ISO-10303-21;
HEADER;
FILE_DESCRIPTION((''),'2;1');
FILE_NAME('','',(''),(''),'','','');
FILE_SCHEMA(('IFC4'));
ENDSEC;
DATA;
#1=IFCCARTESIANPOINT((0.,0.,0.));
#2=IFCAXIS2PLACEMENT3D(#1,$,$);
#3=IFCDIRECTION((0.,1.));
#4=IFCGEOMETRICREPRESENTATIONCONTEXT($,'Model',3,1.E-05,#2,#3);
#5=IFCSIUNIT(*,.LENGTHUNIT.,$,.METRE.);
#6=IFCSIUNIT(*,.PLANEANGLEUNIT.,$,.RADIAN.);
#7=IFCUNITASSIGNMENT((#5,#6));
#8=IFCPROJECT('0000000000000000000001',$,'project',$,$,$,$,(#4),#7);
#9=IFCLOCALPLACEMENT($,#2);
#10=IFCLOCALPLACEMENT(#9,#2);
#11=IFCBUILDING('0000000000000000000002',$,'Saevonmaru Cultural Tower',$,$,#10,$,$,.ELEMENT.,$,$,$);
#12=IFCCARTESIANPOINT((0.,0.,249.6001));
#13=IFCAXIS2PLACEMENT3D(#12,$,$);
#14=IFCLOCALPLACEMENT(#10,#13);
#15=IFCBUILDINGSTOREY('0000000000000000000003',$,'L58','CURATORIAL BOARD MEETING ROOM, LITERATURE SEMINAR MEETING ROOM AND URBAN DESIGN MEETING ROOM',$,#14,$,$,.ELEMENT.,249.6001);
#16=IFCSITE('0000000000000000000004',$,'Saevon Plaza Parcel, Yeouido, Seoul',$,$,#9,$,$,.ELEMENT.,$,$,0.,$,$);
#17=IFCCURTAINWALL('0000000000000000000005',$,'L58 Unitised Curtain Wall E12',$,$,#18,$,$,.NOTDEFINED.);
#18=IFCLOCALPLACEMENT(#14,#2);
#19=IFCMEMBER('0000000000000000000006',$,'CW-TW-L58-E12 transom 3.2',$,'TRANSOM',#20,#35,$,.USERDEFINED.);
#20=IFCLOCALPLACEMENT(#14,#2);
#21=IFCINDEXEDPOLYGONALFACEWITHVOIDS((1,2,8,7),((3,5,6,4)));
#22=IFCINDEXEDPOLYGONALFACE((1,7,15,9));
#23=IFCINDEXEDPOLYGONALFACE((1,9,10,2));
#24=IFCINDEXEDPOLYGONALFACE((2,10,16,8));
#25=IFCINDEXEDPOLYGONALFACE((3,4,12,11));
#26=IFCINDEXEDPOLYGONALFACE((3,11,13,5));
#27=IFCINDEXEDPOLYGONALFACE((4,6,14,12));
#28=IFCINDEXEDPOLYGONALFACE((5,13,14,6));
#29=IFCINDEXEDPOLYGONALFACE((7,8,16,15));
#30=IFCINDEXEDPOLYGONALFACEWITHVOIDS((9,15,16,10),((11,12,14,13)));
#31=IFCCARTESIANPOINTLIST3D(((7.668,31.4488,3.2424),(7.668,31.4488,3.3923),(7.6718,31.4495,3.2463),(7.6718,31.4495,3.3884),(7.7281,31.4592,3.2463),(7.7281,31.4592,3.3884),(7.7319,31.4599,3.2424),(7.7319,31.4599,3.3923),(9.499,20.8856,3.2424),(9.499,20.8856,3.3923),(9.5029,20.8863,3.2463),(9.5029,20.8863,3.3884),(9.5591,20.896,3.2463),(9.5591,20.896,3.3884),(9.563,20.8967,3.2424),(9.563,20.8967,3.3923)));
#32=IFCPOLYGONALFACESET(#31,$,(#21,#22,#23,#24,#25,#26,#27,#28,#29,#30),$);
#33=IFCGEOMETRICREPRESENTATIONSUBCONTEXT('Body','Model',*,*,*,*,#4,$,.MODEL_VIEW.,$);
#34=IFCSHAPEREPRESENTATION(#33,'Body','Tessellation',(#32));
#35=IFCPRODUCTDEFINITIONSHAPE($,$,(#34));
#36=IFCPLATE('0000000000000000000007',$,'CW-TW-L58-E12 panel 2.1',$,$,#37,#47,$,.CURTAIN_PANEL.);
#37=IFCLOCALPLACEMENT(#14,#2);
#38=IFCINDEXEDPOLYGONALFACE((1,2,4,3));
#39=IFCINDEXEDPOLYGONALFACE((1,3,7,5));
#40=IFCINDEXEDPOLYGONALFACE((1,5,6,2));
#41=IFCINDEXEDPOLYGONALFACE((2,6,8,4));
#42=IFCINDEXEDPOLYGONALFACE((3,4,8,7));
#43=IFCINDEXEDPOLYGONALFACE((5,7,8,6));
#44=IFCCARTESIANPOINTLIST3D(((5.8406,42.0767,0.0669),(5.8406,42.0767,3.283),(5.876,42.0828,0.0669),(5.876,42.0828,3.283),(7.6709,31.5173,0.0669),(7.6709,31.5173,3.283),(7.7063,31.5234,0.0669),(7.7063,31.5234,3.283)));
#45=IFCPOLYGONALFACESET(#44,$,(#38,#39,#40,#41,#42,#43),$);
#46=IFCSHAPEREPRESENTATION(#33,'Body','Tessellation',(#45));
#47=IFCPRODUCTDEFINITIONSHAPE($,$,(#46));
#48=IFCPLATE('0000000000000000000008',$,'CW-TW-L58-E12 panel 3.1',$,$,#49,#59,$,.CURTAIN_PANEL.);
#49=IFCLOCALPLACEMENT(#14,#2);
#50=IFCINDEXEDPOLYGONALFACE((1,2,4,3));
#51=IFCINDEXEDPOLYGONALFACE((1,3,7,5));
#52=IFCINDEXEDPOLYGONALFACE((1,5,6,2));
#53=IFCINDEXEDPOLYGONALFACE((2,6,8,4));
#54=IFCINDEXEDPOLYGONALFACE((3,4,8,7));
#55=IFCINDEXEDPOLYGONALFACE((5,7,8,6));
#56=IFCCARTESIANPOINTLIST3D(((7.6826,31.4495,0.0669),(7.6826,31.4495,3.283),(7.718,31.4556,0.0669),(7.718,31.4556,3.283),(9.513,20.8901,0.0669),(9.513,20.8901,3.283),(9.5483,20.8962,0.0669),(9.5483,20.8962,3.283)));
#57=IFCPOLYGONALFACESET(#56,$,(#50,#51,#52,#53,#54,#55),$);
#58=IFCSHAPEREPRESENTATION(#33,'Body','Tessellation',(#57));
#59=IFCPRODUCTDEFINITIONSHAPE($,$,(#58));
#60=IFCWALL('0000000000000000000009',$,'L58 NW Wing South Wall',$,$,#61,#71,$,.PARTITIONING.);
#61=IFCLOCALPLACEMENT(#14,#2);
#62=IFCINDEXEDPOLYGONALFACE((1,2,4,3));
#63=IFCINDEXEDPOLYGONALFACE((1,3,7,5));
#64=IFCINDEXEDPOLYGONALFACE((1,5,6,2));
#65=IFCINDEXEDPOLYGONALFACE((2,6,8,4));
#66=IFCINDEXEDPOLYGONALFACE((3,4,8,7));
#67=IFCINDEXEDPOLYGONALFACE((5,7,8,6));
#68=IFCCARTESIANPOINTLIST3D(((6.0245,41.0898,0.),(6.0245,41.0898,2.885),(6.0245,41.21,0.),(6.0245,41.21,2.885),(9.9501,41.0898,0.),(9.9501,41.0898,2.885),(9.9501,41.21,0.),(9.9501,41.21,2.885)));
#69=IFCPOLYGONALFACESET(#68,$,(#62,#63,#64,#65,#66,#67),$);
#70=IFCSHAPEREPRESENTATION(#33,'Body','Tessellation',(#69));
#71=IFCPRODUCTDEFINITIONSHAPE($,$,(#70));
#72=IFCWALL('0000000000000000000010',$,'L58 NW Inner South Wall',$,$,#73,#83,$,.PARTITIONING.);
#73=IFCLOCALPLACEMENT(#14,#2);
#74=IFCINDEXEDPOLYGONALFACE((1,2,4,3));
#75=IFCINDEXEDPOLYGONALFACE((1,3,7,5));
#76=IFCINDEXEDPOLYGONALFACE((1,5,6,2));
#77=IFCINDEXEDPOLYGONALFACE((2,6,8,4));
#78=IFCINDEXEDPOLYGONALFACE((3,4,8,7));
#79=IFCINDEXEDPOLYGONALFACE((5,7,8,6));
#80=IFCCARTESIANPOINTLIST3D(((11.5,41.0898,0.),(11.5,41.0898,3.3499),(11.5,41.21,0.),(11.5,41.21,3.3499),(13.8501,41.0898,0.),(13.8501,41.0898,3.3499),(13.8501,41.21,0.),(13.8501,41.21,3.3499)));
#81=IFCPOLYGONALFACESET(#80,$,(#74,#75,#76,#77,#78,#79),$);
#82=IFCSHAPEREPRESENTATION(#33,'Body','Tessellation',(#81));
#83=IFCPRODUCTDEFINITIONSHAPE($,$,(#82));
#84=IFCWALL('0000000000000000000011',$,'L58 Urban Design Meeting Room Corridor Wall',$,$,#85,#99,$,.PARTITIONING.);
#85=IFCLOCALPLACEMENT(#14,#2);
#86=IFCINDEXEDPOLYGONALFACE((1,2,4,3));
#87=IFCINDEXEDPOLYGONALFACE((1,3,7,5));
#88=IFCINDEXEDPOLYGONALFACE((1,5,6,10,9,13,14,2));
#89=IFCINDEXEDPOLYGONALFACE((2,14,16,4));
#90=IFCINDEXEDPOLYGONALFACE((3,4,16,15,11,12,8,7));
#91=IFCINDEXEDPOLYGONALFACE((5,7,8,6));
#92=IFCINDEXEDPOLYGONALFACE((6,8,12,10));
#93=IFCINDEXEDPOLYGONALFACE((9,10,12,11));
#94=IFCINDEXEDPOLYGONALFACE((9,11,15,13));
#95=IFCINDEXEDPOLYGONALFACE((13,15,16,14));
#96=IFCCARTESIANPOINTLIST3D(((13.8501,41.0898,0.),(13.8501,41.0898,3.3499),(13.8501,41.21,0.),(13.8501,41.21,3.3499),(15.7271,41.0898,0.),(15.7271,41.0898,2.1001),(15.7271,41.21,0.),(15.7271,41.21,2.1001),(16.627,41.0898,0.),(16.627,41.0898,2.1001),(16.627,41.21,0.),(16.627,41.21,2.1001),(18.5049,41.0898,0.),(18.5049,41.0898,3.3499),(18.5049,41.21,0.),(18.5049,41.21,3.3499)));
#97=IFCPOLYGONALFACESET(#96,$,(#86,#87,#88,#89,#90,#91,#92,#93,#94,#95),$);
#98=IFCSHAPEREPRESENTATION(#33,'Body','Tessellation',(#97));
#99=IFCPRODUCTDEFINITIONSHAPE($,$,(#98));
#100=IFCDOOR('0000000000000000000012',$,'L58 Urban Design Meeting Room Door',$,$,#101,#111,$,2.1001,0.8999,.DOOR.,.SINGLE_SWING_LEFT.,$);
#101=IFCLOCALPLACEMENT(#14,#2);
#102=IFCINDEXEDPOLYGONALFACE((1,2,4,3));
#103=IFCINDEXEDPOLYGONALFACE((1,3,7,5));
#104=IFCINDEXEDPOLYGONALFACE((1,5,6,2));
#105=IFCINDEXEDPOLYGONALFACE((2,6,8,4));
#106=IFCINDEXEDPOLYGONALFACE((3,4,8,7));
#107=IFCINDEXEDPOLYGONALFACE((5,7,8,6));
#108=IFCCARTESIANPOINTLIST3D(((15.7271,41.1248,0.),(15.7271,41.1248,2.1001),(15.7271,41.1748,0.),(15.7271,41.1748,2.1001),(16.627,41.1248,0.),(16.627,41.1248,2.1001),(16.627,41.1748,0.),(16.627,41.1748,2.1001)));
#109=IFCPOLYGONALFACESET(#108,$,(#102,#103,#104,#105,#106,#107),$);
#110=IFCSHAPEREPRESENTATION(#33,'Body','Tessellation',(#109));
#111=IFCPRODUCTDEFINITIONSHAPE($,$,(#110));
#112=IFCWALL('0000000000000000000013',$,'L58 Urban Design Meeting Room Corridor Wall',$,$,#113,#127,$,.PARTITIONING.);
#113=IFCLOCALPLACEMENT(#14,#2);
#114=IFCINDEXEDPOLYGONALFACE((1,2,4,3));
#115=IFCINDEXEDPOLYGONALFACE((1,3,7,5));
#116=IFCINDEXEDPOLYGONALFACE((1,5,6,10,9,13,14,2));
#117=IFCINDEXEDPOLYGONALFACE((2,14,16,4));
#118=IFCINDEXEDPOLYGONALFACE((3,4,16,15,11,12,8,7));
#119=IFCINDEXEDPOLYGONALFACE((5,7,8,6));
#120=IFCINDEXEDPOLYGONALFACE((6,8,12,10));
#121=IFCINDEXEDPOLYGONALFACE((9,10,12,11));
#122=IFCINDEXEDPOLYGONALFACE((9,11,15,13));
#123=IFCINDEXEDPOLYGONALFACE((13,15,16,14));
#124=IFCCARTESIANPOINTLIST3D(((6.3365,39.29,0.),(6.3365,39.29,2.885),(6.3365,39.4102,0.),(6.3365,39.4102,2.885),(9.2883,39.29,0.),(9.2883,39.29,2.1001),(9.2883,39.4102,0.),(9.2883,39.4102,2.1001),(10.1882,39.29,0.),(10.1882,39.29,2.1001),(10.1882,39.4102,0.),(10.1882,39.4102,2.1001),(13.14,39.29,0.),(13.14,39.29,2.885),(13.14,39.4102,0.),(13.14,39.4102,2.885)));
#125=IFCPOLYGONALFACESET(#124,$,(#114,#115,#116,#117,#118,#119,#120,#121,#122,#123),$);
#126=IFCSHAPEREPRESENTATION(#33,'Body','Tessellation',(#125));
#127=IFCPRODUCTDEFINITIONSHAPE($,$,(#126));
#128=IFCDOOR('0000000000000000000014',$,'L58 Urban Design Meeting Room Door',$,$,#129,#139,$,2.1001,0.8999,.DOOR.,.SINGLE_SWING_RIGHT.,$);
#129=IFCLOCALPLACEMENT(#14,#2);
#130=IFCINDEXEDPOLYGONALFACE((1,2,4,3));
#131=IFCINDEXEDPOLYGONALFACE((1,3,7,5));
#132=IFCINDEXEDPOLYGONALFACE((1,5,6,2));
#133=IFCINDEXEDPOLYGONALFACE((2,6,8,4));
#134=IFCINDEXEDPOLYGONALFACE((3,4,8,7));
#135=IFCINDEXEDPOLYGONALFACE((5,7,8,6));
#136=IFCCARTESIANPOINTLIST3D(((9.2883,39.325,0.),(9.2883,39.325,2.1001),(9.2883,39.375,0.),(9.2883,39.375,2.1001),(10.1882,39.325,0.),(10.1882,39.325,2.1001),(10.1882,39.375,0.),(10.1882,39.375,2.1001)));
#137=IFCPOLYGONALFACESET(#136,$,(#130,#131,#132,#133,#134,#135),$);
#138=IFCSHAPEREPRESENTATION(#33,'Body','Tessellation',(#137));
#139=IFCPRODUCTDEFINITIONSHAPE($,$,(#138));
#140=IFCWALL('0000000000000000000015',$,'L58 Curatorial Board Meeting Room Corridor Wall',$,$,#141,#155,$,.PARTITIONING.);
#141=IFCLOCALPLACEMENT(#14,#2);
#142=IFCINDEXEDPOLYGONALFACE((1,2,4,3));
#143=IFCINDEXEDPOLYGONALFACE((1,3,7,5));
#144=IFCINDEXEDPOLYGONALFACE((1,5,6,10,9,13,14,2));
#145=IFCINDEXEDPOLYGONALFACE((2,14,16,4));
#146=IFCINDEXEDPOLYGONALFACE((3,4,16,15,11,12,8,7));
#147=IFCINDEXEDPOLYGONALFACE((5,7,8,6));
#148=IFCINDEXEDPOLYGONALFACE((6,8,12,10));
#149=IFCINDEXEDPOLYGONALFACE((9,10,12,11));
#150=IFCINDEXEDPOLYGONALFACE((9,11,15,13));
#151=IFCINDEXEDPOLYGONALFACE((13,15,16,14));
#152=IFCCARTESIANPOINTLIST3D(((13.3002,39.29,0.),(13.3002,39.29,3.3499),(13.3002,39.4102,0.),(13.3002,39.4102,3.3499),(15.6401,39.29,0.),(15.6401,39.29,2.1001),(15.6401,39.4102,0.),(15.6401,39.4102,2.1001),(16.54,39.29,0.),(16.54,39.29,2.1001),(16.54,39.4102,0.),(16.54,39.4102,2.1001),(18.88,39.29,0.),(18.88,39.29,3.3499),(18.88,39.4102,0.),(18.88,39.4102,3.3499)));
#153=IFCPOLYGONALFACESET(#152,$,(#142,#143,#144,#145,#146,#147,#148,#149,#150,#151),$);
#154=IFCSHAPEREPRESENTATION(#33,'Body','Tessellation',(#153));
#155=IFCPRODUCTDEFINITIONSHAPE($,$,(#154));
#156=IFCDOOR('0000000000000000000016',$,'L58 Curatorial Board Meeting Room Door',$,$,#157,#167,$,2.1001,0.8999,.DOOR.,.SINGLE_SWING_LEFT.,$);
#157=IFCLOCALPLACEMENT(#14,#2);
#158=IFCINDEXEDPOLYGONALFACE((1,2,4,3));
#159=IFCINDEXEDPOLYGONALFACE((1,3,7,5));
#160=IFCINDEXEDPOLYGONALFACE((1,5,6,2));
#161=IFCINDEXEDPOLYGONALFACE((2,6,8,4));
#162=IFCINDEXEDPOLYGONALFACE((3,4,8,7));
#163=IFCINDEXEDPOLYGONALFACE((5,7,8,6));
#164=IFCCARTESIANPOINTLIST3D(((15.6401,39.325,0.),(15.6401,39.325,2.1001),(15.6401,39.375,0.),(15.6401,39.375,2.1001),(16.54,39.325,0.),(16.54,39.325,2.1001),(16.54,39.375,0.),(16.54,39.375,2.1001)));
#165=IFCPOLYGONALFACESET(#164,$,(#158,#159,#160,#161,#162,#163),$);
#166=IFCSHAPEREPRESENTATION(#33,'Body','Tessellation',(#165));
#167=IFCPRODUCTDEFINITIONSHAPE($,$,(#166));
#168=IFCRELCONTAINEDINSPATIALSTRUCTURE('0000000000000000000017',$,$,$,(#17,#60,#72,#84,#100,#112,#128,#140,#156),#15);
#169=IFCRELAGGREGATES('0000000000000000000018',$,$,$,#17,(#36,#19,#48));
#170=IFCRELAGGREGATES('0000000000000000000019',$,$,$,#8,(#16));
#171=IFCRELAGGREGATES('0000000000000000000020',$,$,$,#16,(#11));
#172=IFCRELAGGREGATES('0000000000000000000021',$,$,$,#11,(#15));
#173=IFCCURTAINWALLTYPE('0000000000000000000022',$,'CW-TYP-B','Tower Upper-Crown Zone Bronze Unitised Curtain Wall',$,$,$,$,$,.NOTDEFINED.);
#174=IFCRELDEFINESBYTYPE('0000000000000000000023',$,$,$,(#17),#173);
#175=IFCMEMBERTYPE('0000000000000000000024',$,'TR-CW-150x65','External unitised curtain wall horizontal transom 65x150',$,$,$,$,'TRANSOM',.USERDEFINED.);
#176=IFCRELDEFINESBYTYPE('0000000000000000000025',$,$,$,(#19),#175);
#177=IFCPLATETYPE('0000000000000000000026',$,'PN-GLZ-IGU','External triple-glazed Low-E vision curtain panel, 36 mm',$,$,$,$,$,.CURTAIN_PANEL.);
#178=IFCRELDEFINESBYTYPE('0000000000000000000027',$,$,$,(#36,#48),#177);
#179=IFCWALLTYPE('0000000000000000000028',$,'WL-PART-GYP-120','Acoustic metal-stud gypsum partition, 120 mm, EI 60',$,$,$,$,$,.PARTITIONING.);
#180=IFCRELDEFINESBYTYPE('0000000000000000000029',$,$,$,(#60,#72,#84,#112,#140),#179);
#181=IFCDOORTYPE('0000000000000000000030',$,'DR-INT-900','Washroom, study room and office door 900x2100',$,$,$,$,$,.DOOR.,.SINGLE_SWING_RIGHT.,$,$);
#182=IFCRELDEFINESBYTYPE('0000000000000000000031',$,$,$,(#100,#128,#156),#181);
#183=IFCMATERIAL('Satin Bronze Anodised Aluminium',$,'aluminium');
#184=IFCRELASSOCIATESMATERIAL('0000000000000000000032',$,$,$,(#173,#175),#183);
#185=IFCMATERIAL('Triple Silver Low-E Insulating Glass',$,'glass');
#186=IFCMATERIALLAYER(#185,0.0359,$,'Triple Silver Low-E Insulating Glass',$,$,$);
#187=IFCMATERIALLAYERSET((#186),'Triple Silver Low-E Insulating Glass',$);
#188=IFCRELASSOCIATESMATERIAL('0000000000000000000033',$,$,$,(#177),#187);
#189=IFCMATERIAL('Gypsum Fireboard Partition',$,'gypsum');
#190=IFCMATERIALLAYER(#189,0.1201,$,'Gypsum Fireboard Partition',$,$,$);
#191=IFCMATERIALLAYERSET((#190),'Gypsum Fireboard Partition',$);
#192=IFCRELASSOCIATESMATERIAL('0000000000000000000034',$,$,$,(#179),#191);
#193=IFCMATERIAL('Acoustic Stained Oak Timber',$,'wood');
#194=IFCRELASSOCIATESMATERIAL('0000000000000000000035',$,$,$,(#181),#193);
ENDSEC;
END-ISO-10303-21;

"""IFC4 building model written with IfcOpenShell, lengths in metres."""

from ifc_helpers import new_model, si_unit, direction, frame, frame_2d, origin, origin_2d, place, context, subcontext, project, spatial, rectangle, hollow_rectangle, extrude, material, layer, layer_set, material_profile, profile_set, type_object, element, fill, aggregate, save


model = new_model("IFC4")

# Units and contexts
model_context = context("Model", 3, precision=1e-05, world=origin(), true_north=direction((0.0, 1.0)))
body_context = subcontext(model_context, "Body", "Model", "MODEL_VIEW")
ifc_project = project(units=[si_unit("LENGTHUNIT", "METRE"), si_unit("PLANEANGLEUNIT", "RADIAN")], contexts=[model_context])

# Site, building, storey
site_placement = place(None, origin())
site = spatial("IfcSite", under=ifc_project, at=site_placement, Name="Saevon Plaza Parcel, Yeouido, Seoul", CompositionType="ELEMENT", RefElevation=0.0)
building_placement = place(site_placement, origin())
building = spatial("IfcBuilding", under=site, at=building_placement, Name="Saevonmaru Cultural Tower", CompositionType="ELEMENT")
storey_placement = place(building_placement, frame((0.0, 0.0, 249.6001)))
storey = spatial("IfcBuildingStorey", under=building, at=storey_placement, Name="L58", Description="CURATORIAL BOARD MEETING ROOM, LITERATURE SEMINAR MEETING ROOM AND URBAN DESIGN MEETING ROOM", CompositionType="ELEMENT", Elevation=249.6001)

# Curtain wall, member, plates
ifc_material_1 = material(Name="Satin Bronze Anodised Aluminium", Category="aluminium")
curtain_wall_type = type_object("IfcCurtainWallType", Name="CW-TYP-B", Description="Tower Upper-Crown Zone Bronze Unitised Curtain Wall", PredefinedType="NOTDEFINED", material=ifc_material_1)
curtain_wall_placement = place(storey_placement, origin())
curtain_wall = element("IfcCurtainWall", 1, at=curtain_wall_placement, inside=storey, type_object=curtain_wall_type, Name="L58 Unitised Curtain Wall E12", PredefinedType="NOTDEFINED")
ifc_material_profile_1 = material_profile(ifc_material_1, hollow_rectangle(XDim=0.0649, YDim=0.1499, WallThickness=0.0039, at=origin_2d()), Name="ALU-TRAN-150x65x4")
ifc_profile_set_1 = profile_set([ifc_material_profile_1], Name="Satin Bronze Anodised Aluminium")
member_type_1 = type_object("IfcMemberType", Name="TR-CW-150x65", Description="External unitised curtain wall horizontal transom 65x150", ElementType="TRANSOM", PredefinedType="USERDEFINED", material=ifc_profile_set_1)
member_1_placement = place(storey_placement, frame((7.7, 31.4543, 3.3174), z_axis=(0.170795, -0.985307, 0.0), x_axis=(0.985307, 0.170795, 0.0)))
member_1 = element("IfcMember", 2, at=member_1_placement, type_object=member_type_1, Name="CW-TW-L58-E12 transom 3.2", ObjectType="TRANSOM", PredefinedType="USERDEFINED", context=body_context, shape_type="SweptSolid", body=[
    extrude(hollow_rectangle(XDim=0.0649, YDim=0.1499, WallThickness=0.0039, at=origin_2d()), origin(), (0.0, 0.0, 1.0), 10.7207),
])
ifc_material_2 = material(Name="Triple Silver Low-E Insulating Glass", Category="glass")
ifc_layer_1 = layer(ifc_material_2, 0.0359, Name="Triple Silver Low-E Insulating Glass")
ifc_layer_set_1 = layer_set([ifc_layer_1], Name="Triple Silver Low-E Insulating Glass")
plate_type = type_object("IfcPlateType", Name="PN-GLZ-IGU", Description="External triple-glazed Low-E vision curtain panel, 36 mm", PredefinedType="CURTAIN_PANEL", material=ifc_layer_set_1)
plate_1_placement = place(storey_placement, frame((6.7734, 36.8, 0.0669), z_axis=(0.0, 0.0, 1.0), x_axis=(0.17079, -0.985307, 0.0)))
plate_1 = element("IfcPlate", 3, at=plate_1_placement, type_object=plate_type, Name="CW-TW-L58-E12 panel 2.1", PredefinedType="CURTAIN_PANEL", context=body_context, shape_type="SweptSolid", body=[
    extrude(rectangle(XDim=10.7168, YDim=0.0359, at=origin_2d()), origin(), (0.0, 0.0, 1.0), 3.2161),
])
plate_2_placement = place(storey_placement, frame((8.6155, 26.1729, 0.0669), z_axis=(0.0, 0.0, 1.0), x_axis=(0.17079, -0.985307, 0.0)))
plate_2 = element("IfcPlate", 4, at=plate_2_placement, type_object=plate_type, Name="CW-TW-L58-E12 panel 3.1", PredefinedType="CURTAIN_PANEL", context=body_context, shape_type="SweptSolid", body=[
    extrude(rectangle(XDim=10.7168, YDim=0.0359, at=origin_2d()), origin(), (0.0, 0.0, 1.0), 3.2161),
])
aggregate(curtain_wall, [plate_1, member_1, plate_2])

# Walls
ifc_material_3 = material(Name="Gypsum Fireboard Partition", Category="gypsum")
ifc_layer_2 = layer(ifc_material_3, 0.1201, Name="Gypsum Fireboard Partition")
ifc_layer_set_2 = layer_set([ifc_layer_2], Name="Gypsum Fireboard Partition")
wall_type = type_object("IfcWallType", Name="WL-PART-GYP-120", Description="Acoustic metal-stud gypsum partition, 120 mm, EI 60", PredefinedType="PARTITIONING", material=ifc_layer_set_2)
wall_1_placement = place(storey_placement, frame((6.0244, 41.1499, 0.0), z_axis=(0.0, 0.0, 1.0), x_axis=(1.0, 0.0, 0.0)))
element("IfcWall", 5, at=wall_1_placement, inside=storey, type_object=wall_type, Name="L58 NW Wing South Wall", PredefinedType="PARTITIONING", context=body_context, shape_type="SweptSolid", body=[
    extrude(rectangle(XDim=3.9255, YDim=0.1201, at=frame_2d((1.9629, 0.0))), origin(), (0.0, 0.0, 1.0), 2.885),
])
wall_2_placement = place(storey_placement, frame((11.5, 41.1499, 0.0), z_axis=(0.0, 0.0, 1.0), x_axis=(1.0, 0.0, 0.0)))
element("IfcWall", 6, at=wall_2_placement, inside=storey, type_object=wall_type, Name="L58 NW Inner South Wall", PredefinedType="PARTITIONING", context=body_context, shape_type="SweptSolid", body=[
    extrude(rectangle(XDim=2.3501, YDim=0.1201, at=frame_2d((1.175, 0.0))), origin(), (0.0, 0.0, 1.0), 3.3499),
])

# Walls, openings, doors
wall_3_placement = place(storey_placement, frame((13.8501, 41.1499, 0.0), z_axis=(0.0, 0.0, 1.0), x_axis=(1.0, 0.0, 0.0)))
wall_3 = element("IfcWall", 7, at=wall_3_placement, inside=storey, type_object=wall_type, Name="L58 Urban Design Meeting Room Corridor Wall", PredefinedType="PARTITIONING", context=body_context, shape_type="SweptSolid", body=[
    extrude(rectangle(XDim=4.6548, YDim=0.1201, at=frame_2d((2.3274, 0.0))), origin(), (0.0, 0.0, 1.0), 3.3499),
])
opening_1_placement = place(wall_3_placement, frame((1.877, 0.0, 0.0)))
opening_1 = element("IfcOpeningElement", 8, at=opening_1_placement, cuts=wall_3, PredefinedType="OPENING", context=body_context, shape_type="SweptSolid", body=[
    extrude(rectangle(XDim=0.8999, YDim=2.1001, at=frame_2d((0.45, 1.05))), frame((0.0, 0.0701, 0.0), z_axis=(0.0, -1.0, 0.0), x_axis=(1.0, 0.0, 0.0)), (0.0, 0.0, 1.0), 0.1401),
])
ifc_material_4 = material(Name="Acoustic Stained Oak Timber", Category="wood")
door_type = type_object("IfcDoorType", Name="DR-INT-900", Description="Washroom, study room and office door 900x2100", OperationType="SINGLE_SWING_RIGHT", PredefinedType="DOOR", material=ifc_material_4)
door_1_placement = place(opening_1_placement, origin())
door_1 = element("IfcDoor", 9, at=door_1_placement, inside=storey, type_object=door_type, Name="L58 Urban Design Meeting Room Door", OperationType="SINGLE_SWING_LEFT", OverallHeight=2.1001, OverallWidth=0.8999, PredefinedType="DOOR", context=body_context, shape_type="SweptSolid", body=[
    extrude(rectangle(XDim=0.8999, YDim=2.1001, at=frame_2d((0.45, 1.05))), frame((0.0, 0.0249, 0.0), z_axis=(0.0, -1.0, 0.0), x_axis=(1.0, 0.0, 0.0)), (0.0, 0.0, 1.0), 0.05),
])
fill(opening_1, door_1)
wall_4_placement = place(storey_placement, frame((6.3364, 39.3501, 0.0), z_axis=(0.0, 0.0, 1.0), x_axis=(1.0, 0.0, 0.0)))
wall_4 = element("IfcWall", 10, at=wall_4_placement, inside=storey, type_object=wall_type, Name="L58 Urban Design Meeting Room Corridor Wall", PredefinedType="PARTITIONING", context=body_context, shape_type="SweptSolid", body=[
    extrude(rectangle(XDim=6.8035, YDim=0.1201, at=frame_2d((3.4019, 0.0))), origin(), (0.0, 0.0, 1.0), 2.885),
])
opening_2_placement = place(wall_4_placement, frame((2.9519, 0.0, 0.0)))
opening_2 = element("IfcOpeningElement", 11, at=opening_2_placement, cuts=wall_4, PredefinedType="OPENING", context=body_context, shape_type="SweptSolid", body=[
    extrude(rectangle(XDim=0.8999, YDim=2.1001, at=frame_2d((0.45, 1.05))), frame((0.0, 0.0701, 0.0), z_axis=(0.0, -1.0, 0.0), x_axis=(1.0, 0.0, 0.0)), (0.0, 0.0, 1.0), 0.1401),
])
door_2_placement = place(opening_2_placement, origin())
door_2 = element("IfcDoor", 12, at=door_2_placement, inside=storey, type_object=door_type, Name="L58 Urban Design Meeting Room Door", OperationType="SINGLE_SWING_RIGHT", OverallHeight=2.1001, OverallWidth=0.8999, PredefinedType="DOOR", context=body_context, shape_type="SweptSolid", body=[
    extrude(rectangle(XDim=0.8999, YDim=2.1001, at=frame_2d((0.45, 1.05))), frame((0.0, 0.0249, 0.0), z_axis=(0.0, -1.0, 0.0), x_axis=(1.0, 0.0, 0.0)), (0.0, 0.0, 1.0), 0.05),
])
fill(opening_2, door_2)
wall_5_placement = place(storey_placement, frame((13.3, 39.3501, 0.0), z_axis=(0.0, 0.0, 1.0), x_axis=(1.0, 0.0, 0.0)))
wall_5 = element("IfcWall", 13, at=wall_5_placement, inside=storey, type_object=wall_type, Name="L58 Curatorial Board Meeting Room Corridor Wall", PredefinedType="PARTITIONING", context=body_context, shape_type="SweptSolid", body=[
    extrude(rectangle(XDim=5.5798, YDim=0.1201, at=frame_2d((2.79, 0.0))), origin(), (0.0, 0.0, 1.0), 3.3499),
])
opening_3_placement = place(wall_5_placement, frame((2.3401, 0.0, 0.0)))
opening_3 = element("IfcOpeningElement", 14, at=opening_3_placement, cuts=wall_5, PredefinedType="OPENING", context=body_context, shape_type="SweptSolid", body=[
    extrude(rectangle(XDim=0.8999, YDim=2.1001, at=frame_2d((0.45, 1.05))), frame((0.0, 0.0701, 0.0), z_axis=(0.0, -1.0, 0.0), x_axis=(1.0, 0.0, 0.0)), (0.0, 0.0, 1.0), 0.1401),
])
door_3_placement = place(opening_3_placement, origin())
door_3 = element("IfcDoor", 15, at=door_3_placement, inside=storey, type_object=door_type, Name="L58 Curatorial Board Meeting Room Door", OperationType="SINGLE_SWING_LEFT", OverallHeight=2.1001, OverallWidth=0.8999, PredefinedType="DOOR", context=body_context, shape_type="SweptSolid", body=[
    extrude(rectangle(XDim=0.8999, YDim=2.1001, at=frame_2d((0.45, 1.05))), frame((0.0, 0.0249, 0.0), z_axis=(0.0, -1.0, 0.0), x_axis=(1.0, 0.0, 0.0)), (0.0, 0.0, 1.0), 0.05),
])
fill(opening_3, door_3)

save(model, "model.ifc")
